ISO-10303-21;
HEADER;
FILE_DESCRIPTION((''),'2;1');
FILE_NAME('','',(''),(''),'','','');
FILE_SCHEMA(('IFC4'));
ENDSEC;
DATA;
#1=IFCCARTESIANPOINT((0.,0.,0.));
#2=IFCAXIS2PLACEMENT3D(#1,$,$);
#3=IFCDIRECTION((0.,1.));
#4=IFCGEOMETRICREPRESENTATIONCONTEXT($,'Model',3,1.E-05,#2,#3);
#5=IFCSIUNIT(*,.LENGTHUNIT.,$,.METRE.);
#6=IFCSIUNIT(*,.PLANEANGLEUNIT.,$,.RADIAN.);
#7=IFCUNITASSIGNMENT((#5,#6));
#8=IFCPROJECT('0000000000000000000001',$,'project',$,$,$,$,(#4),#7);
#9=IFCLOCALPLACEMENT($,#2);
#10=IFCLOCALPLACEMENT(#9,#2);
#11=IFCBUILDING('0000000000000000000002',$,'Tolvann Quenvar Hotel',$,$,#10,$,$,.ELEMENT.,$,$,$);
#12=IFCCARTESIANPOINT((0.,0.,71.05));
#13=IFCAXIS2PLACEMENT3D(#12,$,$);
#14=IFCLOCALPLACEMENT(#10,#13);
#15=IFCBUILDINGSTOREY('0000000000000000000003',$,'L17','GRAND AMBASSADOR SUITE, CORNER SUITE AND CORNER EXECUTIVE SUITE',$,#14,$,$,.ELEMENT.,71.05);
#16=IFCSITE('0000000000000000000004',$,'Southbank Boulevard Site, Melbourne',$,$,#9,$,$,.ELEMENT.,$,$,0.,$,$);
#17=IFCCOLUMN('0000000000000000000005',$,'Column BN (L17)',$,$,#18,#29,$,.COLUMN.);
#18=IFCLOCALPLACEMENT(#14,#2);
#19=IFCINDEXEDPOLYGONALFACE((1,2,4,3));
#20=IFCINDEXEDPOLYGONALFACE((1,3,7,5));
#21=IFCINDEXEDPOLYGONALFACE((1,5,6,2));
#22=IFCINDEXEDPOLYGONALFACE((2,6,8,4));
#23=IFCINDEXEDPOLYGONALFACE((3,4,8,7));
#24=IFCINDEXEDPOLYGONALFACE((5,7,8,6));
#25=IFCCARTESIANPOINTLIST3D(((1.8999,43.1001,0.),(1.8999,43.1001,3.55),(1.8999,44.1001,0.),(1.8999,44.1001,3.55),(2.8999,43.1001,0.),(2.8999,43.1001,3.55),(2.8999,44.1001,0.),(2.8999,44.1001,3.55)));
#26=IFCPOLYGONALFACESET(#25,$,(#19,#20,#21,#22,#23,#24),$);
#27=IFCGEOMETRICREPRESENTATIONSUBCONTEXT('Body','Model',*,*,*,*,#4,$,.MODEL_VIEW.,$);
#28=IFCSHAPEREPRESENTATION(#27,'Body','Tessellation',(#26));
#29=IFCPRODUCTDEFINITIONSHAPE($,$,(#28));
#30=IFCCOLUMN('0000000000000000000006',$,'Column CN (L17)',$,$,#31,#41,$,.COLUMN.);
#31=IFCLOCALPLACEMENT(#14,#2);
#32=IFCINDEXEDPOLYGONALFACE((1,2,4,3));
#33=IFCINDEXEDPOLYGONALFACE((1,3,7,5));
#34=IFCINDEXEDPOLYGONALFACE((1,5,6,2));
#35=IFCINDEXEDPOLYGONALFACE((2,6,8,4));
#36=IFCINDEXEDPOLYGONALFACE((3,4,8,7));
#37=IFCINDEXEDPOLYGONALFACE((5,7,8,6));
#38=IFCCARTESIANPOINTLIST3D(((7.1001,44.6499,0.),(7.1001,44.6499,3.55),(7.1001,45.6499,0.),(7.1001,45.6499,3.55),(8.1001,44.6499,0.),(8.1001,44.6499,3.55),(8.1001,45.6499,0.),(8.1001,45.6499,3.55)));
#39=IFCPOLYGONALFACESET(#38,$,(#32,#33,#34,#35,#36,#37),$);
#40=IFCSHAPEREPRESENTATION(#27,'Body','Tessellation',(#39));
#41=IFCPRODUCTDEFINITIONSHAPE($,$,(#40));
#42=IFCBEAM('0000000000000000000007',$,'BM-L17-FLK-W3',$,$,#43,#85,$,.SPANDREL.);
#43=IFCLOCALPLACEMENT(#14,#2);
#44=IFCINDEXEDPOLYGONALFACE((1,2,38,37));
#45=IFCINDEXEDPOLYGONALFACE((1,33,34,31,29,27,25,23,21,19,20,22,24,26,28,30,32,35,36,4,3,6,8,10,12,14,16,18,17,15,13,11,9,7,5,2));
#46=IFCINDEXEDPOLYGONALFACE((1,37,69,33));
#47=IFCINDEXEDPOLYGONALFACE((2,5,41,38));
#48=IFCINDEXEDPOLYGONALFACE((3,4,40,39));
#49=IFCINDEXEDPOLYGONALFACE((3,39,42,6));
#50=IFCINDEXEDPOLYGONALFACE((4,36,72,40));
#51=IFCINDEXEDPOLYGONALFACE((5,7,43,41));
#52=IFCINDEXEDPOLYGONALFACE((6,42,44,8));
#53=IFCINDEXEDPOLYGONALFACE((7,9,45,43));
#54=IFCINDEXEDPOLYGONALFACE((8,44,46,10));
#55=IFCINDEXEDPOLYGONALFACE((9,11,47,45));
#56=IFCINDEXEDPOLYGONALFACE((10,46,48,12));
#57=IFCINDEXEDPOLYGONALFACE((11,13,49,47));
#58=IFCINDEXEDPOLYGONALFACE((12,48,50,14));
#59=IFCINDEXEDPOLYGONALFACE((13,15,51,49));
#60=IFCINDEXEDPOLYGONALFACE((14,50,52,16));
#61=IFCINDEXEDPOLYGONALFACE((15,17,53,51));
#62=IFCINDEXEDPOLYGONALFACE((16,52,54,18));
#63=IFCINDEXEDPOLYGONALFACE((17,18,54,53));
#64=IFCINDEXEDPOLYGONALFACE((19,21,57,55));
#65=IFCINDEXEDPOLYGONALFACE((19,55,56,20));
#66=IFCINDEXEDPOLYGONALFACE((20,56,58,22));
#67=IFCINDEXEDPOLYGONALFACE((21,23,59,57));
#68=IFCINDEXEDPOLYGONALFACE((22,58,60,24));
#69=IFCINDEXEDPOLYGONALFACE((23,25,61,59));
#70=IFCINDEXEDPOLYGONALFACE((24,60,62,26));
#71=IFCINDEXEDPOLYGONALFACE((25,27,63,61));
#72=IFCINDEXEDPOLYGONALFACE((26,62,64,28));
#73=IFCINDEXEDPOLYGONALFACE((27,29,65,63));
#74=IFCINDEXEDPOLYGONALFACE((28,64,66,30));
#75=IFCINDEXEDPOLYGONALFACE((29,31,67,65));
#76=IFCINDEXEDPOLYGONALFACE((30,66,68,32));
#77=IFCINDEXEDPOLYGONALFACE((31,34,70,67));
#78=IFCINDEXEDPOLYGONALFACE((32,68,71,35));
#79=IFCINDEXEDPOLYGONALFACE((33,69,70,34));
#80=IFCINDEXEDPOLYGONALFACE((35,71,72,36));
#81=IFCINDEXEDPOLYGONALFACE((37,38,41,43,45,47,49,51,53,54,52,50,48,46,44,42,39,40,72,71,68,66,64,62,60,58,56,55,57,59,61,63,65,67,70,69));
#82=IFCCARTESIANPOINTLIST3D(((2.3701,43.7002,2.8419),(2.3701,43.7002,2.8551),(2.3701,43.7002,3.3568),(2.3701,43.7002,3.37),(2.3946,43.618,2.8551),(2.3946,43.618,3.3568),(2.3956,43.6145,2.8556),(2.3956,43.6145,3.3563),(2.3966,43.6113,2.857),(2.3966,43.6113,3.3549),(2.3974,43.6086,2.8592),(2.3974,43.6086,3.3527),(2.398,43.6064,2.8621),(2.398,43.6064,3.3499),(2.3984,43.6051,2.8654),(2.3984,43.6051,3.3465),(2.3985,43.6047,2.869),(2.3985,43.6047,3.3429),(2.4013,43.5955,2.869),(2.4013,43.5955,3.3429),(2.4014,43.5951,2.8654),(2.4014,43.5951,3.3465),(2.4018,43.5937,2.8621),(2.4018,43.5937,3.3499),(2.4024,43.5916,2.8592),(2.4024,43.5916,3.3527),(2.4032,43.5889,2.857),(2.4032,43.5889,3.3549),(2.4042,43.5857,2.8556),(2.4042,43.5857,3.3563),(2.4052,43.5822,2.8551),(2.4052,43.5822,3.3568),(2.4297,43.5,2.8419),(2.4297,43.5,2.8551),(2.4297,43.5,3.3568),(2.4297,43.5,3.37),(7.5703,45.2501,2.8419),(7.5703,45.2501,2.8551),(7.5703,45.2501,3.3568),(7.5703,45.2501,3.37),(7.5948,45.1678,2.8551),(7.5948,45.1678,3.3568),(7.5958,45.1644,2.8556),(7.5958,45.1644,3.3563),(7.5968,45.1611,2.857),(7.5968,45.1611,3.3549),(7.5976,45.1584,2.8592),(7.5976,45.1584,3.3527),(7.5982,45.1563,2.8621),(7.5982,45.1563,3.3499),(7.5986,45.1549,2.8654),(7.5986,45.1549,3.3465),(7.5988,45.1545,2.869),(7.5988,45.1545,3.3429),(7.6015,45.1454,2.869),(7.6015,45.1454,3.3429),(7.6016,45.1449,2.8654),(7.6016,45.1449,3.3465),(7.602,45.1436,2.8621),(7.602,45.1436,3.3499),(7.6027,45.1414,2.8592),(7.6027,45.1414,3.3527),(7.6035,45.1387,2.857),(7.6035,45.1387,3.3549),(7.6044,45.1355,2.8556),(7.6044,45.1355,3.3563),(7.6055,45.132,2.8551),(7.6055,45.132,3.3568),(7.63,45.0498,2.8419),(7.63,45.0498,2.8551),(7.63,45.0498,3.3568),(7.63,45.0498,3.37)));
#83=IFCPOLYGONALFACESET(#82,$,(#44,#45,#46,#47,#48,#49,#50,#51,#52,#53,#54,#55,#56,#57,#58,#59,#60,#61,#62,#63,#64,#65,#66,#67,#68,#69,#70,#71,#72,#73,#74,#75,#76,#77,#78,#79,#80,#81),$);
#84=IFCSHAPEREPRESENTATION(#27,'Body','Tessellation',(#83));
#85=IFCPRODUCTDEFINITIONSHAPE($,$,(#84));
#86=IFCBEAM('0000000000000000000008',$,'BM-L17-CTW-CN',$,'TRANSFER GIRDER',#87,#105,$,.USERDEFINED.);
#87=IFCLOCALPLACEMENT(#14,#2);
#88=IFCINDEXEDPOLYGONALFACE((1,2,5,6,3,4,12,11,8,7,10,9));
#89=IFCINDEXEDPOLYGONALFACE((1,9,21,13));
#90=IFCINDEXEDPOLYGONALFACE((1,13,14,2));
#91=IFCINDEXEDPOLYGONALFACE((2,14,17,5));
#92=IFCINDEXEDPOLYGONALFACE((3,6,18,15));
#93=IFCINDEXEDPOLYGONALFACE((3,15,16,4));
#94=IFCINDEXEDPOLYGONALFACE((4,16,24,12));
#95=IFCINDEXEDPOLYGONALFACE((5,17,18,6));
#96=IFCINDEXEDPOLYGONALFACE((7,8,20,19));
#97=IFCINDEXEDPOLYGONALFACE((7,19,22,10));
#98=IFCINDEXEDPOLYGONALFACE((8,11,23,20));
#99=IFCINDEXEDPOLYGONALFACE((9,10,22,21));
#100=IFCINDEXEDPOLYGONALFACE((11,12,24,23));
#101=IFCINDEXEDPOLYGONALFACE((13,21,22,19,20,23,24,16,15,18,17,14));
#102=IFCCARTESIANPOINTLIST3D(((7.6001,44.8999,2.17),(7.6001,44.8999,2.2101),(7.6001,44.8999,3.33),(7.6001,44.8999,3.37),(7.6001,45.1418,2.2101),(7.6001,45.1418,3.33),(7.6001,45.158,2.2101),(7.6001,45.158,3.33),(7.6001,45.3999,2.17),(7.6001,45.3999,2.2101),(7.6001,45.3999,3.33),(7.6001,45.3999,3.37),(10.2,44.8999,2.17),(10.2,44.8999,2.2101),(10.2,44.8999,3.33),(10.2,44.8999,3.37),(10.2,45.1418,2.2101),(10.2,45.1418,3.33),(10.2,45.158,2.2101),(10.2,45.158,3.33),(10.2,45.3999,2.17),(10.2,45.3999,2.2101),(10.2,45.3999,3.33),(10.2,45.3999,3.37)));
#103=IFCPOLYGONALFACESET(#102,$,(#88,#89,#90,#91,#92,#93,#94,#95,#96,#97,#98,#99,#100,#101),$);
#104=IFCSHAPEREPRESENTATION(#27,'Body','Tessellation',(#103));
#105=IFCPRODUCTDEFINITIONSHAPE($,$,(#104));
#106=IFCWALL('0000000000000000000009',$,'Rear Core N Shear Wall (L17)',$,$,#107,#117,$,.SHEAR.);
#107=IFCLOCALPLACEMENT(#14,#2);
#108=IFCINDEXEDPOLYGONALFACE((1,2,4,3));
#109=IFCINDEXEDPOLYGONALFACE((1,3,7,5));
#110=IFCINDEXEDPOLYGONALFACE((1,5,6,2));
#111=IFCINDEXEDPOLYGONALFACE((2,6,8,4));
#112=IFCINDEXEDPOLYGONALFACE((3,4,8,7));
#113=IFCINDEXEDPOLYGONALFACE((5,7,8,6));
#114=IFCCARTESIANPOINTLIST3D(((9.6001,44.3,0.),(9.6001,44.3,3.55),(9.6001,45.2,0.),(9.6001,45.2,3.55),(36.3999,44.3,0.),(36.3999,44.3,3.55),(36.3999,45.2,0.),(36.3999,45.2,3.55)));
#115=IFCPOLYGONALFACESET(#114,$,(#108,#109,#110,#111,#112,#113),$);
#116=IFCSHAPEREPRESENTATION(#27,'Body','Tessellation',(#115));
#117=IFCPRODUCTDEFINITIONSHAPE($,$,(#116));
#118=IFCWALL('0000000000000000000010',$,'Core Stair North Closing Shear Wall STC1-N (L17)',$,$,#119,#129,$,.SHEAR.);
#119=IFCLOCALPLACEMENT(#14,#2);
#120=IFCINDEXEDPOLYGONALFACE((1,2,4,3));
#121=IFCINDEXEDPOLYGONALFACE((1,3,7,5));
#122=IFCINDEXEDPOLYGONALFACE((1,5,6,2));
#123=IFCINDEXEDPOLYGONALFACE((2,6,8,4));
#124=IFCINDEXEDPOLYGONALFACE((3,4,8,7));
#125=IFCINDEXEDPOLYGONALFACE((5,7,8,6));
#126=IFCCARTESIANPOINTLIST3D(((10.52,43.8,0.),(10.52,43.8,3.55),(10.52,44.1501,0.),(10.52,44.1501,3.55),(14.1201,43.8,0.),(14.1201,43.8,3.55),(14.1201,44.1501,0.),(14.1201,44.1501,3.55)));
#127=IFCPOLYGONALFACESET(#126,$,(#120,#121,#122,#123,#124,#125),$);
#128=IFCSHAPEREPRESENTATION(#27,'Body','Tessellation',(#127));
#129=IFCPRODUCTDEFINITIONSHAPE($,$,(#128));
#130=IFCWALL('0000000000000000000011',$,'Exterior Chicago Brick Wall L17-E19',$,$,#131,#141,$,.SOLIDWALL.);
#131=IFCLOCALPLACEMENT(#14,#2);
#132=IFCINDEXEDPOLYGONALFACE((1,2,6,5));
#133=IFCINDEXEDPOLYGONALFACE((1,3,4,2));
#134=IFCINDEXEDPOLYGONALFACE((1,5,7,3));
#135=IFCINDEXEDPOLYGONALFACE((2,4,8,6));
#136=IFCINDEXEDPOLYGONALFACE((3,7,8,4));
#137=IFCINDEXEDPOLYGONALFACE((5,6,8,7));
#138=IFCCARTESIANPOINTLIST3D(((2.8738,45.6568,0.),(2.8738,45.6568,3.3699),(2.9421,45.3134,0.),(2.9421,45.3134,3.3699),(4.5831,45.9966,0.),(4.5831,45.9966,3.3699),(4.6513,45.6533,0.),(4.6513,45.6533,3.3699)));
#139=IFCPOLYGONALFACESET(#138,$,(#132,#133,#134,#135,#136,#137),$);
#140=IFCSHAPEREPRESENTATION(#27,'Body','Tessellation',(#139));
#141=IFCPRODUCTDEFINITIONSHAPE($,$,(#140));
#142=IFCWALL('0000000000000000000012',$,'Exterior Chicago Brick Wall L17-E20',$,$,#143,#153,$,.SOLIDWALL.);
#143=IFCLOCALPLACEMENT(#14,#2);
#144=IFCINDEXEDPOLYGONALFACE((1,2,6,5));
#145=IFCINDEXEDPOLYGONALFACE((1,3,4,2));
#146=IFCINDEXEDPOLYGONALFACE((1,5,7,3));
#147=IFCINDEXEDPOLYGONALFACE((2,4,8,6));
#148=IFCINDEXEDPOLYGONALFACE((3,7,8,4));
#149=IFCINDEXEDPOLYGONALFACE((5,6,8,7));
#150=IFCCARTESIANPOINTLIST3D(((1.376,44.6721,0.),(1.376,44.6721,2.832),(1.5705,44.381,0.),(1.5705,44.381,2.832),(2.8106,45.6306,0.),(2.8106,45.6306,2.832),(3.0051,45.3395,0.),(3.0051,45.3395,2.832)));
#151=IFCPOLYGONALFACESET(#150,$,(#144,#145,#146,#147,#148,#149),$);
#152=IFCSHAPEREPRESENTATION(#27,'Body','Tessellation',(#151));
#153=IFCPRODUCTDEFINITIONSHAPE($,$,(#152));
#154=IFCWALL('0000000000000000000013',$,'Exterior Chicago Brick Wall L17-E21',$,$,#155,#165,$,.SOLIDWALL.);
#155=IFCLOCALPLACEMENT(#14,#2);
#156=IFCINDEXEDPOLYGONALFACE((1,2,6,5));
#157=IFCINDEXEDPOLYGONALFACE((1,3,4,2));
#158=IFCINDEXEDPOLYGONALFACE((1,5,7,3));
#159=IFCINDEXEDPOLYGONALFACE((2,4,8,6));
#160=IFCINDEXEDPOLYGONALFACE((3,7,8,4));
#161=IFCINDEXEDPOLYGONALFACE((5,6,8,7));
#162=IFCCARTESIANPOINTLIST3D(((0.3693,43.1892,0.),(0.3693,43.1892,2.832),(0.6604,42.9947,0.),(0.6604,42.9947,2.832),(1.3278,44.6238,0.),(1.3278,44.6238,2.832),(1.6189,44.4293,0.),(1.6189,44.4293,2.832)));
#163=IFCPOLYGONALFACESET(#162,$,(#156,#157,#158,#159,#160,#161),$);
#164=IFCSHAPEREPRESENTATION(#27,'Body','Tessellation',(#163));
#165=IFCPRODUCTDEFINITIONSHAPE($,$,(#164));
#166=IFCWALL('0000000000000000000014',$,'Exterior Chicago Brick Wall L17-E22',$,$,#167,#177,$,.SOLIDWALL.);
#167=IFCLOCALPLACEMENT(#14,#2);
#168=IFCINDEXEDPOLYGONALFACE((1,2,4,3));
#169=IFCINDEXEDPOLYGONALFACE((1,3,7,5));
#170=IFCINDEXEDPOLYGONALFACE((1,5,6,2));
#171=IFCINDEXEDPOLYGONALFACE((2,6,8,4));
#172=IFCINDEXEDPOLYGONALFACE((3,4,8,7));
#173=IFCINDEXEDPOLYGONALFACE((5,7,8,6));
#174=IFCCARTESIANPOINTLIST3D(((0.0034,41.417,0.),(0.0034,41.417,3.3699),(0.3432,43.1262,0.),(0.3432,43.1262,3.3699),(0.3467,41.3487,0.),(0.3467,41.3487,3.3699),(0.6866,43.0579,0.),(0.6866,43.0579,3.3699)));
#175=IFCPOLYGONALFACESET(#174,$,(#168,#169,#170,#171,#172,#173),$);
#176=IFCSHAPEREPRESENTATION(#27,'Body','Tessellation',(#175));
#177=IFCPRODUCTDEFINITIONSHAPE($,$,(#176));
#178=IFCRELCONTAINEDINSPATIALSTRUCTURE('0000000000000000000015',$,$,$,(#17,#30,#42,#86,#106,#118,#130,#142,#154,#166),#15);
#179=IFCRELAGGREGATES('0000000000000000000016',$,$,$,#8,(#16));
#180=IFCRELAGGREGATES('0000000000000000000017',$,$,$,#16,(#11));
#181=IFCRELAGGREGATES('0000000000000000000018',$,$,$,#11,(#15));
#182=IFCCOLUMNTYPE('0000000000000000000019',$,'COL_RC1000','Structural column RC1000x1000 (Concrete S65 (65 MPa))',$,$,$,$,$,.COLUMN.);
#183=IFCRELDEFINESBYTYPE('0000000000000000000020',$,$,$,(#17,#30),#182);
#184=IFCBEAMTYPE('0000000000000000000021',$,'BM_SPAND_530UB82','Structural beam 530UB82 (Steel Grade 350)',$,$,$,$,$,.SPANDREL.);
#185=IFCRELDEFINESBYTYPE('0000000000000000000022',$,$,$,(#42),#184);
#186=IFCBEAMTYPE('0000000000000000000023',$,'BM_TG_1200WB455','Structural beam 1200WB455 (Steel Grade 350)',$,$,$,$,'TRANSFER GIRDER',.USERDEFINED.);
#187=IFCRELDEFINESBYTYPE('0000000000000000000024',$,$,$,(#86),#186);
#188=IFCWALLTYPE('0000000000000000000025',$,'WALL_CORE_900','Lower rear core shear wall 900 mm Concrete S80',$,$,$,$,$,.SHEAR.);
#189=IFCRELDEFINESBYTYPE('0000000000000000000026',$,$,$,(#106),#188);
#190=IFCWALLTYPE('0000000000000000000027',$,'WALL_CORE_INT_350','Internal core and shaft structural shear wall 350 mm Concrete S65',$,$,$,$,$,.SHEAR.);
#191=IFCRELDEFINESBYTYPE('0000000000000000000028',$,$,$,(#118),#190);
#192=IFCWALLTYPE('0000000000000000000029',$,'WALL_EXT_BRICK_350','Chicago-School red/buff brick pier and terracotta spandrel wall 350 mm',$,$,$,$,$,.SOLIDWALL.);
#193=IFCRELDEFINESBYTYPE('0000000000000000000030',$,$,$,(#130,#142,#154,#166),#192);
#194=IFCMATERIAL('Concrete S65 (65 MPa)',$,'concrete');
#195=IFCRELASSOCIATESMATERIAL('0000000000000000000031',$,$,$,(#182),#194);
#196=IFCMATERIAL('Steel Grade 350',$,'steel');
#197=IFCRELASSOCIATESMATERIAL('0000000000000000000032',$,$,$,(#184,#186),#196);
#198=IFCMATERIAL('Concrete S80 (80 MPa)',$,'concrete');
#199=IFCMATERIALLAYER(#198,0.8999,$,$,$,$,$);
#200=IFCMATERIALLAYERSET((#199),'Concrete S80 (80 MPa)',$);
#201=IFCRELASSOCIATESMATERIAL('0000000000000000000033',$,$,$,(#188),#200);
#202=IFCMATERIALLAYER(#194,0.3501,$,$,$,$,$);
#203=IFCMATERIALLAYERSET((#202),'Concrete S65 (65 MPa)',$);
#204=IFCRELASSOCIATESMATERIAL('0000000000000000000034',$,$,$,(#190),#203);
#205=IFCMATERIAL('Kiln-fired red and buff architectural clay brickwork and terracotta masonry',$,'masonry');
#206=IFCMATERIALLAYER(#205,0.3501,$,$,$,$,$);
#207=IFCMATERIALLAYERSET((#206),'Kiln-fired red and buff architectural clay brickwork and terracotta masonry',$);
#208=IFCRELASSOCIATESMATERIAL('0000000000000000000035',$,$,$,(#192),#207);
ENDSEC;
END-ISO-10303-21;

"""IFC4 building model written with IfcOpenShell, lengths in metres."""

from ifc_helpers import new_model, si_unit, direction, frame, frame_2d, origin, origin_2d, place, context, subcontext, project, spatial, rectangle, i_section, extrude, source, transform, mapped, material, layer, layer_set, material_profile, profile_set, type_object, type_shapes, element, save


model = new_model("IFC4")

# Units and contexts
model_context = context("Model", 3, precision=1e-05, world=origin(), true_north=direction((0.0, 1.0)))
body_context = subcontext(model_context, "Body", "Model", "MODEL_VIEW")
ifc_project = project(units=[si_unit("LENGTHUNIT", "METRE"), si_unit("PLANEANGLEUNIT", "RADIAN")], contexts=[model_context])

# Site, building, storey
site_placement = place(None, origin())
site = spatial("IfcSite", under=ifc_project, at=site_placement, Name="Southbank Boulevard Site, Melbourne", CompositionType="ELEMENT", RefElevation=0.0)
building_placement = place(site_placement, origin())
building = spatial("IfcBuilding", under=site, at=building_placement, Name="Tolvann Quenvar Hotel", CompositionType="ELEMENT")
storey_placement = place(building_placement, frame((0.0, 0.0, 71.05)))
storey = spatial("IfcBuildingStorey", under=building, at=storey_placement, Name="L17", Description="GRAND AMBASSADOR SUITE, CORNER SUITE AND CORNER EXECUTIVE SUITE", CompositionType="ELEMENT", Elevation=71.05)

# Columns
ifc_material_1 = material(Name="Concrete S65 (65 MPa)", Category="concrete")
ifc_material_profile_1 = material_profile(ifc_material_1, rectangle(XDim=1.0, YDim=1.0, at=origin_2d()), Name="RC1000x1000")
ifc_profile_set_1 = profile_set([ifc_material_profile_1], Name="Concrete S65 (65 MPa)")
column_type = type_object("IfcColumnType", Name="COL_RC1000", Description="Structural column RC1000x1000 (Concrete S65 (65 MPa))", PredefinedType="COLUMN", material=ifc_profile_set_1)
shared_shape_1 = source(origin(), body_context, "Body", "SweptSolid", [
    extrude(rectangle(XDim=1.0, YDim=1.0, at=origin_2d()), origin(), (0.0, 0.0, 1.0), 3.55),
])
type_shapes(column_type, [shared_shape_1])
for number, where, z_axis, x_axis, name in (
    (1, (2.3999, 43.6001, 0.0), (0.0, 0.0, 1.0), (1.0, 0.0, 0.0), "Column BN (L17)"),
    (2, (7.6001, 45.1499, 0.0), (0.0, 0.0, 1.0), (1.0, 0.0, 0.0), "Column CN (L17)"),
):
    element("IfcColumn", number, at=place(storey_placement, frame(where, z_axis=z_axis, x_axis=x_axis)), inside=storey, type_object=column_type, Name=name, PredefinedType="COLUMN", context=body_context, shape_type="MappedRepresentation", body=[
        mapped(shared_shape_1, transform((0.0, 0.0, 0.0), x_axis=(1.0, 0.0, 0.0), y_axis=(0.0, 1.0, 0.0), z_axis=(0.0, 0.0, 1.0), scale=1.0)),
    ])

# Beams
ifc_material_2 = material(Name="Steel Grade 350", Category="steel")
ifc_material_profile_2 = material_profile(ifc_material_2, i_section(OverallWidth=0.209, OverallDepth=0.5281, WebThickness=0.0095, FlangeThickness=0.0132, FilletRadius=0.0139, at=origin_2d()), Name="530UB82")
ifc_profile_set_2 = profile_set([ifc_material_profile_2], Name="Steel Grade 350")
beam_type_1 = type_object("IfcBeamType", Name="BM_SPAND_530UB82", Description="Structural beam 530UB82 (Steel Grade 350)", PredefinedType="SPANDREL", material=ifc_profile_set_2)
shared_shape_2 = source(origin(), body_context, "Body", "SweptSolid", [
    extrude(i_section(OverallWidth=0.209, OverallDepth=0.5281, WebThickness=0.0095, FlangeThickness=0.0132, FilletRadius=0.0139, at=origin_2d()), origin(), (0.0, 0.0, 1.0), 5.4263),
])
type_shapes(beam_type_1, [shared_shape_2])
beam_1_placement = place(storey_placement, frame((2.3999, 43.6001, 3.106), z_axis=(0.958345, 0.285614, 0.0), x_axis=(-0.285614, 0.958345, 0.0)))
element("IfcBeam", 3, at=beam_1_placement, inside=storey, type_object=beam_type_1, Name="BM-L17-FLK-W3", PredefinedType="SPANDREL", context=body_context, shape_type="MappedRepresentation", body=[
    mapped(shared_shape_2, transform((0.0, 0.0, 0.0), x_axis=(1.0, 0.0, 0.0), y_axis=(0.0, 1.0, 0.0), z_axis=(0.0, 0.0, 1.0), scale=1.0)),
])
ifc_material_profile_3 = material_profile(ifc_material_2, i_section(OverallWidth=0.5, OverallDepth=1.2, WebThickness=0.0161, FlangeThickness=0.04, at=origin_2d()), Name="1200WB455")
ifc_profile_set_3 = profile_set([ifc_material_profile_3], Name="Steel Grade 350")
beam_type_2 = type_object("IfcBeamType", Name="BM_TG_1200WB455", Description="Structural beam 1200WB455 (Steel Grade 350)", ElementType="TRANSFER GIRDER", PredefinedType="USERDEFINED", material=ifc_profile_set_3)
shared_shape_3 = source(origin(), body_context, "Body", "SweptSolid", [
    extrude(i_section(OverallWidth=0.5, OverallDepth=1.2, WebThickness=0.0161, FlangeThickness=0.04, at=origin_2d()), origin(), (0.0, 0.0, 1.0), 2.5999),
])
type_shapes(beam_type_2, [shared_shape_3])
beam_2_placement = place(storey_placement, frame((7.6001, 45.1499, 2.77), z_axis=(1.0, 0.0, 0.0), x_axis=(0.0, 1.0, 0.0)))
element("IfcBeam", 4, at=beam_2_placement, inside=storey, type_object=beam_type_2, Name="BM-L17-CTW-CN", ObjectType="TRANSFER GIRDER", PredefinedType="USERDEFINED", context=body_context, shape_type="MappedRepresentation", body=[
    mapped(shared_shape_3, transform((0.0, 0.0, 0.0), x_axis=(1.0, 0.0, 0.0), y_axis=(0.0, 1.0, 0.0), z_axis=(0.0, 0.0, 1.0), scale=1.0)),
])

# Walls
ifc_material_3 = material(Name="Concrete S80 (80 MPa)", Category="concrete")
ifc_layer_1 = layer(ifc_material_3, 0.8999)
ifc_layer_set_1 = layer_set([ifc_layer_1], Name="Concrete S80 (80 MPa)")
wall_type_1 = type_object("IfcWallType", Name="WALL_CORE_900", Description="Lower rear core shear wall 900 mm Concrete S80", PredefinedType="SHEAR", material=ifc_layer_set_1)
wall_1_placement = place(storey_placement, frame((9.6001, 44.75, 0.0), z_axis=(0.0, 0.0, 1.0), x_axis=(1.0, 0.0, 0.0)))
element("IfcWall", 5, at=wall_1_placement, inside=storey, type_object=wall_type_1, Name="Rear Core N Shear Wall (L17)", PredefinedType="SHEAR", context=body_context, shape_type="SweptSolid", body=[
    extrude(rectangle(XDim=26.7998, YDim=0.8999, at=frame_2d((13.3999, 0.0))), origin(), (0.0, 0.0, 1.0), 3.55),
])
ifc_layer_2 = layer(ifc_material_1, 0.3501)
ifc_layer_set_2 = layer_set([ifc_layer_2], Name="Concrete S65 (65 MPa)")
wall_type_2 = type_object("IfcWallType", Name="WALL_CORE_INT_350", Description="Internal core and shaft structural shear wall 350 mm Concrete S65", PredefinedType="SHEAR", material=ifc_layer_set_2)
wall_2_placement = place(storey_placement, frame((10.52, 43.9751, 0.0), z_axis=(0.0, 0.0, 1.0), x_axis=(1.0, 0.0, 0.0)))
element("IfcWall", 6, at=wall_2_placement, inside=storey, type_object=wall_type_2, Name="Core Stair North Closing Shear Wall STC1-N (L17)", PredefinedType="SHEAR", context=body_context, shape_type="SweptSolid", body=[
    extrude(rectangle(XDim=3.6001, YDim=0.3501, at=frame_2d((1.8, 0.0))), origin(), (0.0, 0.0, 1.0), 3.55),
])
ifc_material_4 = material(Name="Kiln-fired red and buff architectural clay brickwork and terracotta masonry", Category="masonry")
ifc_layer_3 = layer(ifc_material_4, 0.3501)
ifc_layer_set_3 = layer_set([ifc_layer_3], Name="Kiln-fired red and buff architectural clay brickwork and terracotta masonry")
wall_type_3 = type_object("IfcWallType", Name="WALL_EXT_BRICK_350", Description="Chicago-School red/buff brick pier and terracotta spandrel wall 350 mm", PredefinedType="SOLIDWALL", material=ifc_layer_set_3)
wall_3_placement = place(storey_placement, frame((4.6172, 45.825, 0.0), z_axis=(0.0, 0.0, 1.0), x_axis=(-0.980801, -0.195011, 0.0)))
element("IfcWall", 7, at=wall_3_placement, inside=storey, type_object=wall_type_3, Name="Exterior Chicago Brick Wall L17-E19", PredefinedType="SOLIDWALL", context=body_context, shape_type="SweptSolid", body=[
    extrude(rectangle(XDim=1.7427, YDim=0.3501, at=frame_2d((0.8713, 0.0))), origin(), (0.0, 0.0, 1.0), 3.3699),
])
for number, where, z_axis, x_axis, name in (
    (8, (2.908, 45.4851, 0.0), (0.0, 0.0, 1.0), (-0.831484, -0.555549, 0.0), "Exterior Chicago Brick Wall L17-E20"),
    (9, (1.4734, 44.5266, 0.0), (0.0, 0.0, 1.0), (-0.555549, -0.831484, 0.0), "Exterior Chicago Brick Wall L17-E21"),
):
    element("IfcWall", number, at=place(storey_placement, frame(where, z_axis=z_axis, x_axis=x_axis)), inside=storey, type_object=wall_type_3, Name=name, PredefinedType="SOLIDWALL", context=body_context, shape_type="SweptSolid", body=[
        extrude(rectangle(XDim=1.7253, YDim=0.3501, at=frame_2d((0.8628, 0.0))), origin(), (0.0, 0.0, 1.0), 2.832),
    ])
wall_4_placement = place(storey_placement, frame((0.5149, 43.092, 0.0), z_axis=(0.0, 0.0, 1.0), x_axis=(-0.195011, -0.980801, 0.0)))
element("IfcWall", 10, at=wall_4_placement, inside=storey, type_object=wall_type_3, Name="Exterior Chicago Brick Wall L17-E22", PredefinedType="SOLIDWALL", context=body_context, shape_type="SweptSolid", body=[
    extrude(rectangle(XDim=1.7427, YDim=0.3501, at=frame_2d((0.8713, 0.0))), origin(), (0.0, 0.0, 1.0), 3.3699),
])

save(model, "model.ifc")
